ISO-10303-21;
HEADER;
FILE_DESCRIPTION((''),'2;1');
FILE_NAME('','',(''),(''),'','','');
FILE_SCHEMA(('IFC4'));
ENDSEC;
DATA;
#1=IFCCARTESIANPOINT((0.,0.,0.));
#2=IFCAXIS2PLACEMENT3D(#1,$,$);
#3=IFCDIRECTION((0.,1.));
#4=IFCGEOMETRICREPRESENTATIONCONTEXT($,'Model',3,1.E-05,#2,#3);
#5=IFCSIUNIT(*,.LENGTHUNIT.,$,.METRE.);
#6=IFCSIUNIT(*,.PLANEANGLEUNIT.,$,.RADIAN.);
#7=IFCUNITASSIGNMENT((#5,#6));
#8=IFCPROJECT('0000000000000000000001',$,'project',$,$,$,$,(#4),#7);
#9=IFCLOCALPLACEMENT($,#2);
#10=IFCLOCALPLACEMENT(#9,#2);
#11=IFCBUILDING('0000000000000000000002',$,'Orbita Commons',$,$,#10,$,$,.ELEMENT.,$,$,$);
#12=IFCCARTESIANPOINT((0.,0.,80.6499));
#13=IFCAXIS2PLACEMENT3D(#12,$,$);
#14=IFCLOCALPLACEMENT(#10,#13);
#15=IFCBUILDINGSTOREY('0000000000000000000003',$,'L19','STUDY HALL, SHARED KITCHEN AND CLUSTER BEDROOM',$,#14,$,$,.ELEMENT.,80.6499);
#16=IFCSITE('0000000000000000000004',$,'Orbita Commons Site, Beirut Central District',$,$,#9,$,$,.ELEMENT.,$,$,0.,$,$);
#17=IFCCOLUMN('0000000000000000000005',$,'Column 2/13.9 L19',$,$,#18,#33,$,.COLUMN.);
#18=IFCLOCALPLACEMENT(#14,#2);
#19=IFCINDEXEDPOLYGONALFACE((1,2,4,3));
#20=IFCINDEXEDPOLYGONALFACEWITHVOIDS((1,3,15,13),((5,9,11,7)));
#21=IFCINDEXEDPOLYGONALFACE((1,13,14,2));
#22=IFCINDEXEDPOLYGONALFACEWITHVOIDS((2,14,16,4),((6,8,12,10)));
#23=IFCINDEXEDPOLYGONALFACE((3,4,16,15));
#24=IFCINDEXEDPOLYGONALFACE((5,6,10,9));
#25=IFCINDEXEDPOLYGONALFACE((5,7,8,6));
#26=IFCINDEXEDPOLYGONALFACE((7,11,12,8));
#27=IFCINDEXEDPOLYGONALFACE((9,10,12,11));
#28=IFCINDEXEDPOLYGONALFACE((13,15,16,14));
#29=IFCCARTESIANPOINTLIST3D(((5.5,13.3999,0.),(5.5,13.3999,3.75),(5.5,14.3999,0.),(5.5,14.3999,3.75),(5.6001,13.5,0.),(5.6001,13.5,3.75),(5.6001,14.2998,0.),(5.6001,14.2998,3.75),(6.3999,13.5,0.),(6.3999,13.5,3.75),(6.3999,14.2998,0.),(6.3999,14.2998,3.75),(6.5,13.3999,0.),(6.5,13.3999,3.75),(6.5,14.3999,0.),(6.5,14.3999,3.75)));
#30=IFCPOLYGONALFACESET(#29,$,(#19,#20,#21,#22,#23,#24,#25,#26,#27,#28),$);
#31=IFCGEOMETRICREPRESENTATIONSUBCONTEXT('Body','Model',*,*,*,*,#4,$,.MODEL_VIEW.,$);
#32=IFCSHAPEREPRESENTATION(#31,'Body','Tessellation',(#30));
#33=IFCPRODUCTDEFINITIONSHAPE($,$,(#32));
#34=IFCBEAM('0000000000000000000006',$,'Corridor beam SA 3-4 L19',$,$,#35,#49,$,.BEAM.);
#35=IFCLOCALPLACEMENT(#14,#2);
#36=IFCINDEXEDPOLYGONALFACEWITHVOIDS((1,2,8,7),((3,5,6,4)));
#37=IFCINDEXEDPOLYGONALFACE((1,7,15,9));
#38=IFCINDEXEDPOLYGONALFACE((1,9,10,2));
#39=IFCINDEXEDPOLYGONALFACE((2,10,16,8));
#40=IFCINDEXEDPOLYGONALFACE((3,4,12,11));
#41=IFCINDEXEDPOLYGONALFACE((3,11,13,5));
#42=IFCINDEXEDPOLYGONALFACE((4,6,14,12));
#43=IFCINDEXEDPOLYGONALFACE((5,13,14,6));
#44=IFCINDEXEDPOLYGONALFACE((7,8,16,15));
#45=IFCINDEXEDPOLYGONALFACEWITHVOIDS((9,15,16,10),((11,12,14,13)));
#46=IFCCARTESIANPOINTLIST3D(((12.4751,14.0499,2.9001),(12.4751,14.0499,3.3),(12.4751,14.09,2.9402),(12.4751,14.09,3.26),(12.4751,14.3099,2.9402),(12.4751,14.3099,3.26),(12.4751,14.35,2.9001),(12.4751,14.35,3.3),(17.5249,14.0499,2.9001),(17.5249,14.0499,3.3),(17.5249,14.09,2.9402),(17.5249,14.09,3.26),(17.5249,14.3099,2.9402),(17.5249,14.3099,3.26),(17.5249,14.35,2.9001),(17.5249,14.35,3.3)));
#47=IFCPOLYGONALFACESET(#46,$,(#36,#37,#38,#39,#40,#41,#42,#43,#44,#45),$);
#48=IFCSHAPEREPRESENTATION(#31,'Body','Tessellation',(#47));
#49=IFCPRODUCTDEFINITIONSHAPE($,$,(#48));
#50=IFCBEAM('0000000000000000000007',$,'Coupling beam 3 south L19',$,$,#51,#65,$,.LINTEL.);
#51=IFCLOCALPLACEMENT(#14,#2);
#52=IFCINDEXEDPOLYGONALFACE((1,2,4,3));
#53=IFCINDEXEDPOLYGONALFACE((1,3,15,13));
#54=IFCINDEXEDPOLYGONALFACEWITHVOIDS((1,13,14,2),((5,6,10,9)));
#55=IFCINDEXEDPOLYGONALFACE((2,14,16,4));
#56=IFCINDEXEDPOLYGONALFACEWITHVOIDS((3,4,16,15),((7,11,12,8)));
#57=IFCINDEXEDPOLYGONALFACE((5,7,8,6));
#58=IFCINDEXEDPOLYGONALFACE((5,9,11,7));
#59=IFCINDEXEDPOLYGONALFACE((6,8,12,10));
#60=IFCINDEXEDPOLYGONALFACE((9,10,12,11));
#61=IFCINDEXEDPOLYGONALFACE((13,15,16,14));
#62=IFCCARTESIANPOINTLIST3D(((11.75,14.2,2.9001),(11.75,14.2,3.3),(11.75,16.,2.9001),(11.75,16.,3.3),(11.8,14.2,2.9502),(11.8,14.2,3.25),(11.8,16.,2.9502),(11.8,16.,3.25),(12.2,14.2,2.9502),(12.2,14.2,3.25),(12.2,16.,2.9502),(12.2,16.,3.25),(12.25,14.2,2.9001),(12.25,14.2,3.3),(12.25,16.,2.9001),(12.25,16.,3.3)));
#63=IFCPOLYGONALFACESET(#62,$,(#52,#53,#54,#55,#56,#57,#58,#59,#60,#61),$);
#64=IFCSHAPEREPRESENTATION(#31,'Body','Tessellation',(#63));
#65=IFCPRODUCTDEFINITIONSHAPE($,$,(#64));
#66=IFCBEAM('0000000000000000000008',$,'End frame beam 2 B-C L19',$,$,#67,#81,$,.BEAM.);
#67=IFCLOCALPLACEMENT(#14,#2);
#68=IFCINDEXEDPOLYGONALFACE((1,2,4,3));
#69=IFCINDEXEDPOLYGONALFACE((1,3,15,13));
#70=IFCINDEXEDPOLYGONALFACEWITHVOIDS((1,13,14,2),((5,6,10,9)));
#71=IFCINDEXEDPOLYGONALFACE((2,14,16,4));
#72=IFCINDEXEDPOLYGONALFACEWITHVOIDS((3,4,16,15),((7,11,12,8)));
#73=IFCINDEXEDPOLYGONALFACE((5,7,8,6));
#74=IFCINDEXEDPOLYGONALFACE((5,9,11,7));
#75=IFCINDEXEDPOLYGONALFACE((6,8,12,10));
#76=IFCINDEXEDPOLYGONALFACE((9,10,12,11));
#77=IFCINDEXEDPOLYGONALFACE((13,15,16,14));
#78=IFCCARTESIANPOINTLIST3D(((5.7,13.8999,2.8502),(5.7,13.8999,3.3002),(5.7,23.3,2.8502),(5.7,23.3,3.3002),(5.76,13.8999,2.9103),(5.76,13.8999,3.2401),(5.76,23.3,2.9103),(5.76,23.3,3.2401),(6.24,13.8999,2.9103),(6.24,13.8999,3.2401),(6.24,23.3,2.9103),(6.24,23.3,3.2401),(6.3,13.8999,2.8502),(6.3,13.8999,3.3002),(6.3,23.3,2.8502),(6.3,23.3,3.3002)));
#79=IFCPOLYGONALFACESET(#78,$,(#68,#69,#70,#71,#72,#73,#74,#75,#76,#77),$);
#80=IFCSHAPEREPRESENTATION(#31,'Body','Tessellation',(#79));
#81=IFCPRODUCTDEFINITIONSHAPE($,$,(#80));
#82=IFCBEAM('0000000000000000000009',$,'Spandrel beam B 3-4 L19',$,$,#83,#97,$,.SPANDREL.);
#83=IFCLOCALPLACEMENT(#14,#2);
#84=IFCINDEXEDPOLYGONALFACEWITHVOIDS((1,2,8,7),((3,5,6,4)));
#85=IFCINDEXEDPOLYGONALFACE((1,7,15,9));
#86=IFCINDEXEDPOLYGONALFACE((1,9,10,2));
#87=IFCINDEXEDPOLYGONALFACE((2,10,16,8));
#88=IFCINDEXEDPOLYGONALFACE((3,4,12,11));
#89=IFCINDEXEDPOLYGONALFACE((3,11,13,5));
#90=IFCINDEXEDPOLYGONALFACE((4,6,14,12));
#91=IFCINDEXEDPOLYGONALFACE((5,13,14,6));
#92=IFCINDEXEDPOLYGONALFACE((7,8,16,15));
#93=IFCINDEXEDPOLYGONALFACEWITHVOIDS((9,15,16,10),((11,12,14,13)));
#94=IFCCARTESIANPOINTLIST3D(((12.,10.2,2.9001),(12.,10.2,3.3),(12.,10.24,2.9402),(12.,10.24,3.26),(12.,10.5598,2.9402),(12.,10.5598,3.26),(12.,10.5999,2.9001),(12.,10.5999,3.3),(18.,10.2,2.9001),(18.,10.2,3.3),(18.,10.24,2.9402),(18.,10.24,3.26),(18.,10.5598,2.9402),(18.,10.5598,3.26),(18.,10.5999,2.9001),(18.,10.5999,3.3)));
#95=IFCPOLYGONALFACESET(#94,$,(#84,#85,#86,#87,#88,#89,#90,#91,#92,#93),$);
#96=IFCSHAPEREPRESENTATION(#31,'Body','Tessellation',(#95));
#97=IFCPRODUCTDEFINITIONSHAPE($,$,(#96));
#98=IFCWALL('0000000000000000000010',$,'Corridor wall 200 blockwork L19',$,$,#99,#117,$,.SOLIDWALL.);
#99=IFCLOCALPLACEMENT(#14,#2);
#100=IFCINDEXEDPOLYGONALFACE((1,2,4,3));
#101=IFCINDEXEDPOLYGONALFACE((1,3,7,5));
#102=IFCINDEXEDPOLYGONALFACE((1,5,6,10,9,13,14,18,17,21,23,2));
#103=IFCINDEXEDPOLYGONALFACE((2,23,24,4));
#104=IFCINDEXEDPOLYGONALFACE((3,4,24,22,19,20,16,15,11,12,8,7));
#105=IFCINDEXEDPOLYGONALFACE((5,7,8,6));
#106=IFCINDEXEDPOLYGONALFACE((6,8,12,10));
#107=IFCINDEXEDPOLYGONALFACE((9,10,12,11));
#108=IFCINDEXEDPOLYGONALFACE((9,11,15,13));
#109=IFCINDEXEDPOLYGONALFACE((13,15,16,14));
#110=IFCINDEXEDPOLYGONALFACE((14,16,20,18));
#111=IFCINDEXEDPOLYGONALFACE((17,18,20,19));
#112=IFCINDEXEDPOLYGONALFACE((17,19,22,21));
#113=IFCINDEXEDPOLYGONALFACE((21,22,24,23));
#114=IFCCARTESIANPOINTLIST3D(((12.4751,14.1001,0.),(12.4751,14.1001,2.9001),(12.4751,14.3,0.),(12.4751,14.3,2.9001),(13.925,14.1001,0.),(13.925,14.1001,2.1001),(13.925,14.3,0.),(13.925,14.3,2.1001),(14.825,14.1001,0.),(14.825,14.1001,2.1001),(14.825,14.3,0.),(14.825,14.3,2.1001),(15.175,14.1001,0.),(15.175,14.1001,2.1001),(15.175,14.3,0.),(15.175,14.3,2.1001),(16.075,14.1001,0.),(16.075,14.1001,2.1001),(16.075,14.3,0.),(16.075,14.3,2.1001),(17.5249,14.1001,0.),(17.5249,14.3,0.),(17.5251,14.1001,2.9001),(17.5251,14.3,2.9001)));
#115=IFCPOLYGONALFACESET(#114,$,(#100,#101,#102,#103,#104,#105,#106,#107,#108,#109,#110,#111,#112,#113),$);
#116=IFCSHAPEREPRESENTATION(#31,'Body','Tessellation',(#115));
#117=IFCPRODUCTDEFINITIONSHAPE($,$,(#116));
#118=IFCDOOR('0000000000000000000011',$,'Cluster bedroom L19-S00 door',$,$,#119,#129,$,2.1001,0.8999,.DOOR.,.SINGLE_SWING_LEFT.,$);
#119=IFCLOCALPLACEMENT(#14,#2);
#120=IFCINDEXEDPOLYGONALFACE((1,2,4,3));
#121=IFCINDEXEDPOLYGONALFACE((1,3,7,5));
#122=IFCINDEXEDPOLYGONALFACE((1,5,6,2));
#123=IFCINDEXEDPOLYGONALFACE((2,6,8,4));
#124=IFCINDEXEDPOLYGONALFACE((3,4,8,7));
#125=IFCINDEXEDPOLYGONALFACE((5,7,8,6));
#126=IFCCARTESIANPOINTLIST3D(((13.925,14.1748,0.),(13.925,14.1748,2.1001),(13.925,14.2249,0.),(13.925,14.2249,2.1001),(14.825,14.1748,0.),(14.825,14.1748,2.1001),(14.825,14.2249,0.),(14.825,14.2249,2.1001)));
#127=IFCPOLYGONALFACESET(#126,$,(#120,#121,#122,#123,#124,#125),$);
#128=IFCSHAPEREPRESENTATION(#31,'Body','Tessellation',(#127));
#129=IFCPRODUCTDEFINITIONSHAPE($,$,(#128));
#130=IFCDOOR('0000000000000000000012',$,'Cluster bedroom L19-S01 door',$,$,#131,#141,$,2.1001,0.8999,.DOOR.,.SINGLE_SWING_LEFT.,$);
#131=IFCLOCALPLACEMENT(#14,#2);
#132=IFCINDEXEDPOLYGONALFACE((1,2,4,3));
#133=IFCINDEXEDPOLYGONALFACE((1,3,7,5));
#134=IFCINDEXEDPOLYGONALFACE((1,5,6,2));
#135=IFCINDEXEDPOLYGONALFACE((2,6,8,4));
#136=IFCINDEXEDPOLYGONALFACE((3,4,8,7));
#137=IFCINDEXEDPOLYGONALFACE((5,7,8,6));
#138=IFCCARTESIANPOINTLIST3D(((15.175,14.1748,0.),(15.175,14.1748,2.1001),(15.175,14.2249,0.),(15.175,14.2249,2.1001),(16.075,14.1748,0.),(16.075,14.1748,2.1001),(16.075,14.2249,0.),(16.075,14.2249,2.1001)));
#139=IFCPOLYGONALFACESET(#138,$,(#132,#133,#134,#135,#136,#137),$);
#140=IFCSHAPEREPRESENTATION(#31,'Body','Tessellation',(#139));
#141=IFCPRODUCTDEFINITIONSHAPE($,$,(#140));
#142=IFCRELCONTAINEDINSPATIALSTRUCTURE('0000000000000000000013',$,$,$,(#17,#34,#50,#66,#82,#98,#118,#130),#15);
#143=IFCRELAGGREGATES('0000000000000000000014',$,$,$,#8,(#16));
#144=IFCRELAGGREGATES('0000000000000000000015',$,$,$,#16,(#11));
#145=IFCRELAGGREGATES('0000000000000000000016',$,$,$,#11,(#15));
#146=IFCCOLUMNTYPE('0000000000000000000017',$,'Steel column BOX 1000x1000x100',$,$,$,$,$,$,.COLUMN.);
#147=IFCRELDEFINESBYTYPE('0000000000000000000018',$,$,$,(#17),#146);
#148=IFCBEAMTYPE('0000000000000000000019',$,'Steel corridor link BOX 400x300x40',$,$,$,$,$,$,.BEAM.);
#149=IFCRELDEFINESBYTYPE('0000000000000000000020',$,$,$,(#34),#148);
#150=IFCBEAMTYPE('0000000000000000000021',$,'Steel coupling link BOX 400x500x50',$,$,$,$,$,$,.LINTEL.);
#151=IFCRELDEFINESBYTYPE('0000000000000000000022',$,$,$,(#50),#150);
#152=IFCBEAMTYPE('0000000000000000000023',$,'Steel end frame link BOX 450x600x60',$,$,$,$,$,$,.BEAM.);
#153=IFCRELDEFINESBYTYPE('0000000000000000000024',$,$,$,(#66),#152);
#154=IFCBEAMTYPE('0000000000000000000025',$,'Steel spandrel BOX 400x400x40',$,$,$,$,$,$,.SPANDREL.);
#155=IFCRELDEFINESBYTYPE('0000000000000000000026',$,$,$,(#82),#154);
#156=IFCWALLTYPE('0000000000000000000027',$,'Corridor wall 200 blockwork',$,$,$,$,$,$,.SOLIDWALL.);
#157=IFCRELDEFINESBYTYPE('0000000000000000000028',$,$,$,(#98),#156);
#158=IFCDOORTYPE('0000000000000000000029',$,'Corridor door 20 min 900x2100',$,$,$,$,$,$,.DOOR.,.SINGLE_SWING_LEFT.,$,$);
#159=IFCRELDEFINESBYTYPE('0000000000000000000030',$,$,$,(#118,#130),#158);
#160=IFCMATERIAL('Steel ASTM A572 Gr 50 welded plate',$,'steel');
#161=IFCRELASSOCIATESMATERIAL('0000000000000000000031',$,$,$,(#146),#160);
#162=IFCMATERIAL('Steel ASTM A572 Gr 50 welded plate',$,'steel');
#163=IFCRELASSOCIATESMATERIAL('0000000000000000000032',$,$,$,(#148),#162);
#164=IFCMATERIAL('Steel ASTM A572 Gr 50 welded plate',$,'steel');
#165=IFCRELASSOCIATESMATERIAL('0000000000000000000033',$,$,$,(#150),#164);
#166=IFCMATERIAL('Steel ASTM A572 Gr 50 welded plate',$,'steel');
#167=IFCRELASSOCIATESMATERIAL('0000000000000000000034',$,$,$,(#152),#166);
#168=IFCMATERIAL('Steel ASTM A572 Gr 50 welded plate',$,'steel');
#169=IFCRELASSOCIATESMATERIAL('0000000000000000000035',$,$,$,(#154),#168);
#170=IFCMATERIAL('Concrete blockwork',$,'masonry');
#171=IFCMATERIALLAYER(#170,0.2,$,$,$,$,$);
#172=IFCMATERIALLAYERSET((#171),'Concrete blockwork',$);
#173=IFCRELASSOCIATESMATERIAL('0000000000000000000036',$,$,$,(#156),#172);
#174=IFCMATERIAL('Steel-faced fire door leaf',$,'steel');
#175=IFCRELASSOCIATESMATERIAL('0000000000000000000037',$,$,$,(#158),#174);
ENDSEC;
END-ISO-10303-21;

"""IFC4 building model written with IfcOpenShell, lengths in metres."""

from ifc_helpers import new_model, si_unit, direction, frame, frame_2d, origin, origin_2d, place, context, subcontext, project, spatial, polyline, rectangle, hollow_rectangle, outline, extrude, material, layer, layer_set, material_profile, profile_set, type_object, element, fill, save


model = new_model("IFC4")

# Units and contexts
model_context = context("Model", 3, precision=1e-05, world=origin(), true_north=direction((0.0, 1.0)))
body_context = subcontext(model_context, "Body", "Model", "MODEL_VIEW")
ifc_project = project(units=[si_unit("LENGTHUNIT", "METRE"), si_unit("PLANEANGLEUNIT", "RADIAN")], contexts=[model_context])

# Site, building, storey
site_placement = place(None, origin())
site = spatial("IfcSite", under=ifc_project, at=site_placement, Name="Orbita Commons Site, Beirut Central District", CompositionType="ELEMENT", RefElevation=0.0)
building_placement = place(site_placement, origin())
building = spatial("IfcBuilding", under=site, at=building_placement, Name="Orbita Commons", CompositionType="ELEMENT")
storey_placement = place(building_placement, frame((0.0, 0.0, 80.6499)))
storey = spatial("IfcBuildingStorey", under=building, at=storey_placement, Name="L19", Description="STUDY HALL, SHARED KITCHEN AND CLUSTER BEDROOM", CompositionType="ELEMENT", Elevation=80.6499)

# Column
ifc_material_1 = material(Name="Steel ASTM A572 Gr 50 welded plate", Category="steel")
ifc_material_profile_1 = material_profile(ifc_material_1, hollow_rectangle(XDim=1.0, YDim=1.0, WallThickness=0.1001, at=origin_2d()), Name="BOX 1000x1000x100")
ifc_profile_set_1 = profile_set([ifc_material_profile_1], Name="Steel ASTM A572 Gr 50 welded plate")
column_type = type_object("IfcColumnType", Name="Steel column BOX 1000x1000x100", PredefinedType="COLUMN", material=ifc_profile_set_1)
column_placement = place(storey_placement, frame((6.0, 13.8999, 0.0), z_axis=(0.0, 0.0, 1.0), x_axis=(1.0, 0.0, 0.0)))
element("IfcColumn", 1, at=column_placement, inside=storey, type_object=column_type, Name="Column 2/13.9 L19", PredefinedType="COLUMN", context=body_context, shape_type="SweptSolid", body=[
    extrude(hollow_rectangle(XDim=1.0, YDim=1.0, WallThickness=0.1001, at=origin_2d()), origin(), (0.0, 0.0, 1.0), 3.75),
])

# Beams
ifc_material_2 = material(Name="Steel ASTM A572 Gr 50 welded plate", Category="steel")
ifc_material_profile_2 = material_profile(ifc_material_2, hollow_rectangle(XDim=0.3, YDim=0.3999, WallThickness=0.04, at=origin_2d()), Name="BOX 400x300x40")
ifc_profile_set_2 = profile_set([ifc_material_profile_2], Name="Steel ASTM A572 Gr 50 welded plate")
beam_type_1 = type_object("IfcBeamType", Name="Steel corridor link BOX 400x300x40", PredefinedType="BEAM", material=ifc_profile_set_2)
beam_1_placement = place(storey_placement, frame((12.4751, 14.2, 3.1001), z_axis=(1.0, 0.0, 0.0), x_axis=(0.0, 1.0, 0.0)))
element("IfcBeam", 2, at=beam_1_placement, inside=storey, type_object=beam_type_1, Name="Corridor beam SA 3-4 L19", PredefinedType="BEAM", context=body_context, shape_type="SweptSolid", body=[
    extrude(hollow_rectangle(XDim=0.3, YDim=0.3999, WallThickness=0.04, at=origin_2d()), origin(), (0.0, 0.0, 1.0), 5.0498),
])
ifc_material_3 = material(Name="Steel ASTM A572 Gr 50 welded plate", Category="steel")
ifc_material_profile_3 = material_profile(ifc_material_3, hollow_rectangle(XDim=0.5, YDim=0.3999, WallThickness=0.05, at=origin_2d()), Name="BOX 400x500x50")
ifc_profile_set_3 = profile_set([ifc_material_profile_3], Name="Steel ASTM A572 Gr 50 welded plate")
beam_type_2 = type_object("IfcBeamType", Name="Steel coupling link BOX 400x500x50", PredefinedType="LINTEL", material=ifc_profile_set_3)
beam_2_placement = place(storey_placement, frame((12.0, 14.2, 3.1001), z_axis=(0.0, 1.0, 0.0), x_axis=(-1.0, 0.0, 0.0)))
element("IfcBeam", 3, at=beam_2_placement, inside=storey, type_object=beam_type_2, Name="Coupling beam 3 south L19", PredefinedType="LINTEL", context=body_context, shape_type="SweptSolid", body=[
    extrude(hollow_rectangle(XDim=0.5, YDim=0.3999, WallThickness=0.05, at=origin_2d()), origin(), (0.0, 0.0, 1.0), 1.8),
])
ifc_material_4 = material(Name="Steel ASTM A572 Gr 50 welded plate", Category="steel")
ifc_material_profile_4 = material_profile(ifc_material_4, hollow_rectangle(XDim=0.6001, YDim=0.45, WallThickness=0.0601, at=origin_2d()), Name="BOX 450x600x60")
ifc_profile_set_4 = profile_set([ifc_material_profile_4], Name="Steel ASTM A572 Gr 50 welded plate")
beam_type_3 = type_object("IfcBeamType", Name="Steel end frame link BOX 450x600x60", PredefinedType="BEAM", material=ifc_profile_set_4)
beam_3_placement = place(storey_placement, frame((6.0, 13.8999, 3.0752), z_axis=(0.0, 1.0, 0.0), x_axis=(-1.0, 0.0, 0.0)))
element("IfcBeam", 4, at=beam_3_placement, inside=storey, type_object=beam_type_3, Name="End frame beam 2 B-C L19", PredefinedType="BEAM", context=body_context, shape_type="SweptSolid", body=[
    extrude(hollow_rectangle(XDim=0.6001, YDim=0.45, WallThickness=0.0601, at=origin_2d()), origin(), (0.0, 0.0, 1.0), 9.4001),
])
ifc_material_5 = material(Name="Steel ASTM A572 Gr 50 welded plate", Category="steel")
ifc_material_profile_5 = material_profile(ifc_material_5, hollow_rectangle(XDim=0.3999, YDim=0.3999, WallThickness=0.04, at=origin_2d()), Name="BOX 400x400x40")
ifc_profile_set_5 = profile_set([ifc_material_profile_5], Name="Steel ASTM A572 Gr 50 welded plate")
beam_type_4 = type_object("IfcBeamType", Name="Steel spandrel BOX 400x400x40", PredefinedType="SPANDREL", material=ifc_profile_set_5)
beam_4_placement = place(storey_placement, frame((12.0, 10.3999, 3.1001), z_axis=(1.0, 0.0, 0.0), x_axis=(0.0, 1.0, 0.0)))
element("IfcBeam", 5, at=beam_4_placement, inside=storey, type_object=beam_type_4, Name="Spandrel beam B 3-4 L19", PredefinedType="SPANDREL", context=body_context, shape_type="SweptSolid", body=[
    extrude(hollow_rectangle(XDim=0.3999, YDim=0.3999, WallThickness=0.04, at=origin_2d()), origin(), (0.0, 0.0, 1.0), 6.0),
])

# Wall, openings, doors
ifc_material_6 = material(Name="Concrete blockwork", Category="masonry")
ifc_layer_1 = layer(ifc_material_6, 0.2)
ifc_layer_set_1 = layer_set([ifc_layer_1], Name="Concrete blockwork")
wall_type_1 = type_object("IfcWallType", Name="Corridor wall 200 blockwork", PredefinedType="SOLIDWALL", material=ifc_layer_set_1)
wall_1_placement = place(storey_placement, frame((12.4751, 14.2, 0.0), z_axis=(0.0, 0.0, 1.0), x_axis=(1.0, 0.0, 0.0)))
wall_1 = element("IfcWall", 6, at=wall_1_placement, inside=storey, type_object=wall_type_1, Name="Corridor wall 200 blockwork L19", PredefinedType="SOLIDWALL", context=body_context, shape_type="SweptSolid", body=[
    extrude(outline(polyline([(0.0, 0.0), (5.0498, 0.0), (5.05, 2.9001), (0.0, 2.9001), (0.0, 0.0)])), frame((0.0, 0.1001, 0.0), z_axis=(0.0, -1.0, 0.0), x_axis=(1.0, 0.0, 0.0)), (0.0, 0.0, 1.0), 0.2),
])
opening_1_placement = place(wall_1_placement, frame((1.45, 0.0, 0.0)))
opening_1 = element("IfcOpeningElement", 7, at=opening_1_placement, cuts=wall_1, PredefinedType="OPENING", context=body_context, shape_type="SweptSolid", body=[
    extrude(rectangle(XDim=0.8999, YDim=2.1001, at=frame_2d((0.45, 1.05))), frame((0.0, 0.1099, 0.0), z_axis=(0.0, -1.0, 0.0), x_axis=(1.0, 0.0, 0.0)), (0.0, 0.0, 1.0), 0.22),
])
opening_2_placement = place(wall_1_placement, frame((2.7, 0.0, 0.0)))
opening_2 = element("IfcOpeningElement", 8, at=opening_2_placement, cuts=wall_1, PredefinedType="OPENING", context=body_context, shape_type="SweptSolid", body=[
    extrude(rectangle(XDim=0.8999, YDim=2.1001, at=frame_2d((0.45, 1.05))), frame((0.0, 0.1099, 0.0), z_axis=(0.0, -1.0, 0.0), x_axis=(1.0, 0.0, 0.0)), (0.0, 0.0, 1.0), 0.22),
])
ifc_material_7 = material(Name="Steel-faced fire door leaf", Category="steel")
door_type_1 = type_object("IfcDoorType", Name="Corridor door 20 min 900x2100", OperationType="SINGLE_SWING_LEFT", PredefinedType="DOOR", material=ifc_material_7)
door_1_placement = place(opening_1_placement, origin())
door_1 = element("IfcDoor", 9, at=door_1_placement, inside=storey, type_object=door_type_1, Name="Cluster bedroom L19-S00 door", OperationType="SINGLE_SWING_LEFT", OverallHeight=2.1001, OverallWidth=0.8999, PredefinedType="DOOR", context=body_context, shape_type="SweptSolid", body=[
    extrude(rectangle(XDim=0.8999, YDim=2.1001, at=frame_2d((0.45, 1.05))), frame((0.0, 0.0249, 0.0), z_axis=(0.0, -1.0, 0.0), x_axis=(1.0, 0.0, 0.0)), (0.0, 0.0, 1.0), 0.05),
])
fill(opening_1, door_1)
door_2_placement = place(opening_2_placement, origin())
door_2 = element("IfcDoor", 10, at=door_2_placement, inside=storey, type_object=door_type_1, Name="Cluster bedroom L19-S01 door", OperationType="SINGLE_SWING_LEFT", OverallHeight=2.1001, OverallWidth=0.8999, PredefinedType="DOOR", context=body_context, shape_type="SweptSolid", body=[
    extrude(rectangle(XDim=0.8999, YDim=2.1001, at=frame_2d((0.45, 1.05))), frame((0.0, 0.0249, 0.0), z_axis=(0.0, -1.0, 0.0), x_axis=(1.0, 0.0, 0.0)), (0.0, 0.0, 1.0), 0.05),
])
fill(opening_2, door_2)

save(model, "model.ifc")
